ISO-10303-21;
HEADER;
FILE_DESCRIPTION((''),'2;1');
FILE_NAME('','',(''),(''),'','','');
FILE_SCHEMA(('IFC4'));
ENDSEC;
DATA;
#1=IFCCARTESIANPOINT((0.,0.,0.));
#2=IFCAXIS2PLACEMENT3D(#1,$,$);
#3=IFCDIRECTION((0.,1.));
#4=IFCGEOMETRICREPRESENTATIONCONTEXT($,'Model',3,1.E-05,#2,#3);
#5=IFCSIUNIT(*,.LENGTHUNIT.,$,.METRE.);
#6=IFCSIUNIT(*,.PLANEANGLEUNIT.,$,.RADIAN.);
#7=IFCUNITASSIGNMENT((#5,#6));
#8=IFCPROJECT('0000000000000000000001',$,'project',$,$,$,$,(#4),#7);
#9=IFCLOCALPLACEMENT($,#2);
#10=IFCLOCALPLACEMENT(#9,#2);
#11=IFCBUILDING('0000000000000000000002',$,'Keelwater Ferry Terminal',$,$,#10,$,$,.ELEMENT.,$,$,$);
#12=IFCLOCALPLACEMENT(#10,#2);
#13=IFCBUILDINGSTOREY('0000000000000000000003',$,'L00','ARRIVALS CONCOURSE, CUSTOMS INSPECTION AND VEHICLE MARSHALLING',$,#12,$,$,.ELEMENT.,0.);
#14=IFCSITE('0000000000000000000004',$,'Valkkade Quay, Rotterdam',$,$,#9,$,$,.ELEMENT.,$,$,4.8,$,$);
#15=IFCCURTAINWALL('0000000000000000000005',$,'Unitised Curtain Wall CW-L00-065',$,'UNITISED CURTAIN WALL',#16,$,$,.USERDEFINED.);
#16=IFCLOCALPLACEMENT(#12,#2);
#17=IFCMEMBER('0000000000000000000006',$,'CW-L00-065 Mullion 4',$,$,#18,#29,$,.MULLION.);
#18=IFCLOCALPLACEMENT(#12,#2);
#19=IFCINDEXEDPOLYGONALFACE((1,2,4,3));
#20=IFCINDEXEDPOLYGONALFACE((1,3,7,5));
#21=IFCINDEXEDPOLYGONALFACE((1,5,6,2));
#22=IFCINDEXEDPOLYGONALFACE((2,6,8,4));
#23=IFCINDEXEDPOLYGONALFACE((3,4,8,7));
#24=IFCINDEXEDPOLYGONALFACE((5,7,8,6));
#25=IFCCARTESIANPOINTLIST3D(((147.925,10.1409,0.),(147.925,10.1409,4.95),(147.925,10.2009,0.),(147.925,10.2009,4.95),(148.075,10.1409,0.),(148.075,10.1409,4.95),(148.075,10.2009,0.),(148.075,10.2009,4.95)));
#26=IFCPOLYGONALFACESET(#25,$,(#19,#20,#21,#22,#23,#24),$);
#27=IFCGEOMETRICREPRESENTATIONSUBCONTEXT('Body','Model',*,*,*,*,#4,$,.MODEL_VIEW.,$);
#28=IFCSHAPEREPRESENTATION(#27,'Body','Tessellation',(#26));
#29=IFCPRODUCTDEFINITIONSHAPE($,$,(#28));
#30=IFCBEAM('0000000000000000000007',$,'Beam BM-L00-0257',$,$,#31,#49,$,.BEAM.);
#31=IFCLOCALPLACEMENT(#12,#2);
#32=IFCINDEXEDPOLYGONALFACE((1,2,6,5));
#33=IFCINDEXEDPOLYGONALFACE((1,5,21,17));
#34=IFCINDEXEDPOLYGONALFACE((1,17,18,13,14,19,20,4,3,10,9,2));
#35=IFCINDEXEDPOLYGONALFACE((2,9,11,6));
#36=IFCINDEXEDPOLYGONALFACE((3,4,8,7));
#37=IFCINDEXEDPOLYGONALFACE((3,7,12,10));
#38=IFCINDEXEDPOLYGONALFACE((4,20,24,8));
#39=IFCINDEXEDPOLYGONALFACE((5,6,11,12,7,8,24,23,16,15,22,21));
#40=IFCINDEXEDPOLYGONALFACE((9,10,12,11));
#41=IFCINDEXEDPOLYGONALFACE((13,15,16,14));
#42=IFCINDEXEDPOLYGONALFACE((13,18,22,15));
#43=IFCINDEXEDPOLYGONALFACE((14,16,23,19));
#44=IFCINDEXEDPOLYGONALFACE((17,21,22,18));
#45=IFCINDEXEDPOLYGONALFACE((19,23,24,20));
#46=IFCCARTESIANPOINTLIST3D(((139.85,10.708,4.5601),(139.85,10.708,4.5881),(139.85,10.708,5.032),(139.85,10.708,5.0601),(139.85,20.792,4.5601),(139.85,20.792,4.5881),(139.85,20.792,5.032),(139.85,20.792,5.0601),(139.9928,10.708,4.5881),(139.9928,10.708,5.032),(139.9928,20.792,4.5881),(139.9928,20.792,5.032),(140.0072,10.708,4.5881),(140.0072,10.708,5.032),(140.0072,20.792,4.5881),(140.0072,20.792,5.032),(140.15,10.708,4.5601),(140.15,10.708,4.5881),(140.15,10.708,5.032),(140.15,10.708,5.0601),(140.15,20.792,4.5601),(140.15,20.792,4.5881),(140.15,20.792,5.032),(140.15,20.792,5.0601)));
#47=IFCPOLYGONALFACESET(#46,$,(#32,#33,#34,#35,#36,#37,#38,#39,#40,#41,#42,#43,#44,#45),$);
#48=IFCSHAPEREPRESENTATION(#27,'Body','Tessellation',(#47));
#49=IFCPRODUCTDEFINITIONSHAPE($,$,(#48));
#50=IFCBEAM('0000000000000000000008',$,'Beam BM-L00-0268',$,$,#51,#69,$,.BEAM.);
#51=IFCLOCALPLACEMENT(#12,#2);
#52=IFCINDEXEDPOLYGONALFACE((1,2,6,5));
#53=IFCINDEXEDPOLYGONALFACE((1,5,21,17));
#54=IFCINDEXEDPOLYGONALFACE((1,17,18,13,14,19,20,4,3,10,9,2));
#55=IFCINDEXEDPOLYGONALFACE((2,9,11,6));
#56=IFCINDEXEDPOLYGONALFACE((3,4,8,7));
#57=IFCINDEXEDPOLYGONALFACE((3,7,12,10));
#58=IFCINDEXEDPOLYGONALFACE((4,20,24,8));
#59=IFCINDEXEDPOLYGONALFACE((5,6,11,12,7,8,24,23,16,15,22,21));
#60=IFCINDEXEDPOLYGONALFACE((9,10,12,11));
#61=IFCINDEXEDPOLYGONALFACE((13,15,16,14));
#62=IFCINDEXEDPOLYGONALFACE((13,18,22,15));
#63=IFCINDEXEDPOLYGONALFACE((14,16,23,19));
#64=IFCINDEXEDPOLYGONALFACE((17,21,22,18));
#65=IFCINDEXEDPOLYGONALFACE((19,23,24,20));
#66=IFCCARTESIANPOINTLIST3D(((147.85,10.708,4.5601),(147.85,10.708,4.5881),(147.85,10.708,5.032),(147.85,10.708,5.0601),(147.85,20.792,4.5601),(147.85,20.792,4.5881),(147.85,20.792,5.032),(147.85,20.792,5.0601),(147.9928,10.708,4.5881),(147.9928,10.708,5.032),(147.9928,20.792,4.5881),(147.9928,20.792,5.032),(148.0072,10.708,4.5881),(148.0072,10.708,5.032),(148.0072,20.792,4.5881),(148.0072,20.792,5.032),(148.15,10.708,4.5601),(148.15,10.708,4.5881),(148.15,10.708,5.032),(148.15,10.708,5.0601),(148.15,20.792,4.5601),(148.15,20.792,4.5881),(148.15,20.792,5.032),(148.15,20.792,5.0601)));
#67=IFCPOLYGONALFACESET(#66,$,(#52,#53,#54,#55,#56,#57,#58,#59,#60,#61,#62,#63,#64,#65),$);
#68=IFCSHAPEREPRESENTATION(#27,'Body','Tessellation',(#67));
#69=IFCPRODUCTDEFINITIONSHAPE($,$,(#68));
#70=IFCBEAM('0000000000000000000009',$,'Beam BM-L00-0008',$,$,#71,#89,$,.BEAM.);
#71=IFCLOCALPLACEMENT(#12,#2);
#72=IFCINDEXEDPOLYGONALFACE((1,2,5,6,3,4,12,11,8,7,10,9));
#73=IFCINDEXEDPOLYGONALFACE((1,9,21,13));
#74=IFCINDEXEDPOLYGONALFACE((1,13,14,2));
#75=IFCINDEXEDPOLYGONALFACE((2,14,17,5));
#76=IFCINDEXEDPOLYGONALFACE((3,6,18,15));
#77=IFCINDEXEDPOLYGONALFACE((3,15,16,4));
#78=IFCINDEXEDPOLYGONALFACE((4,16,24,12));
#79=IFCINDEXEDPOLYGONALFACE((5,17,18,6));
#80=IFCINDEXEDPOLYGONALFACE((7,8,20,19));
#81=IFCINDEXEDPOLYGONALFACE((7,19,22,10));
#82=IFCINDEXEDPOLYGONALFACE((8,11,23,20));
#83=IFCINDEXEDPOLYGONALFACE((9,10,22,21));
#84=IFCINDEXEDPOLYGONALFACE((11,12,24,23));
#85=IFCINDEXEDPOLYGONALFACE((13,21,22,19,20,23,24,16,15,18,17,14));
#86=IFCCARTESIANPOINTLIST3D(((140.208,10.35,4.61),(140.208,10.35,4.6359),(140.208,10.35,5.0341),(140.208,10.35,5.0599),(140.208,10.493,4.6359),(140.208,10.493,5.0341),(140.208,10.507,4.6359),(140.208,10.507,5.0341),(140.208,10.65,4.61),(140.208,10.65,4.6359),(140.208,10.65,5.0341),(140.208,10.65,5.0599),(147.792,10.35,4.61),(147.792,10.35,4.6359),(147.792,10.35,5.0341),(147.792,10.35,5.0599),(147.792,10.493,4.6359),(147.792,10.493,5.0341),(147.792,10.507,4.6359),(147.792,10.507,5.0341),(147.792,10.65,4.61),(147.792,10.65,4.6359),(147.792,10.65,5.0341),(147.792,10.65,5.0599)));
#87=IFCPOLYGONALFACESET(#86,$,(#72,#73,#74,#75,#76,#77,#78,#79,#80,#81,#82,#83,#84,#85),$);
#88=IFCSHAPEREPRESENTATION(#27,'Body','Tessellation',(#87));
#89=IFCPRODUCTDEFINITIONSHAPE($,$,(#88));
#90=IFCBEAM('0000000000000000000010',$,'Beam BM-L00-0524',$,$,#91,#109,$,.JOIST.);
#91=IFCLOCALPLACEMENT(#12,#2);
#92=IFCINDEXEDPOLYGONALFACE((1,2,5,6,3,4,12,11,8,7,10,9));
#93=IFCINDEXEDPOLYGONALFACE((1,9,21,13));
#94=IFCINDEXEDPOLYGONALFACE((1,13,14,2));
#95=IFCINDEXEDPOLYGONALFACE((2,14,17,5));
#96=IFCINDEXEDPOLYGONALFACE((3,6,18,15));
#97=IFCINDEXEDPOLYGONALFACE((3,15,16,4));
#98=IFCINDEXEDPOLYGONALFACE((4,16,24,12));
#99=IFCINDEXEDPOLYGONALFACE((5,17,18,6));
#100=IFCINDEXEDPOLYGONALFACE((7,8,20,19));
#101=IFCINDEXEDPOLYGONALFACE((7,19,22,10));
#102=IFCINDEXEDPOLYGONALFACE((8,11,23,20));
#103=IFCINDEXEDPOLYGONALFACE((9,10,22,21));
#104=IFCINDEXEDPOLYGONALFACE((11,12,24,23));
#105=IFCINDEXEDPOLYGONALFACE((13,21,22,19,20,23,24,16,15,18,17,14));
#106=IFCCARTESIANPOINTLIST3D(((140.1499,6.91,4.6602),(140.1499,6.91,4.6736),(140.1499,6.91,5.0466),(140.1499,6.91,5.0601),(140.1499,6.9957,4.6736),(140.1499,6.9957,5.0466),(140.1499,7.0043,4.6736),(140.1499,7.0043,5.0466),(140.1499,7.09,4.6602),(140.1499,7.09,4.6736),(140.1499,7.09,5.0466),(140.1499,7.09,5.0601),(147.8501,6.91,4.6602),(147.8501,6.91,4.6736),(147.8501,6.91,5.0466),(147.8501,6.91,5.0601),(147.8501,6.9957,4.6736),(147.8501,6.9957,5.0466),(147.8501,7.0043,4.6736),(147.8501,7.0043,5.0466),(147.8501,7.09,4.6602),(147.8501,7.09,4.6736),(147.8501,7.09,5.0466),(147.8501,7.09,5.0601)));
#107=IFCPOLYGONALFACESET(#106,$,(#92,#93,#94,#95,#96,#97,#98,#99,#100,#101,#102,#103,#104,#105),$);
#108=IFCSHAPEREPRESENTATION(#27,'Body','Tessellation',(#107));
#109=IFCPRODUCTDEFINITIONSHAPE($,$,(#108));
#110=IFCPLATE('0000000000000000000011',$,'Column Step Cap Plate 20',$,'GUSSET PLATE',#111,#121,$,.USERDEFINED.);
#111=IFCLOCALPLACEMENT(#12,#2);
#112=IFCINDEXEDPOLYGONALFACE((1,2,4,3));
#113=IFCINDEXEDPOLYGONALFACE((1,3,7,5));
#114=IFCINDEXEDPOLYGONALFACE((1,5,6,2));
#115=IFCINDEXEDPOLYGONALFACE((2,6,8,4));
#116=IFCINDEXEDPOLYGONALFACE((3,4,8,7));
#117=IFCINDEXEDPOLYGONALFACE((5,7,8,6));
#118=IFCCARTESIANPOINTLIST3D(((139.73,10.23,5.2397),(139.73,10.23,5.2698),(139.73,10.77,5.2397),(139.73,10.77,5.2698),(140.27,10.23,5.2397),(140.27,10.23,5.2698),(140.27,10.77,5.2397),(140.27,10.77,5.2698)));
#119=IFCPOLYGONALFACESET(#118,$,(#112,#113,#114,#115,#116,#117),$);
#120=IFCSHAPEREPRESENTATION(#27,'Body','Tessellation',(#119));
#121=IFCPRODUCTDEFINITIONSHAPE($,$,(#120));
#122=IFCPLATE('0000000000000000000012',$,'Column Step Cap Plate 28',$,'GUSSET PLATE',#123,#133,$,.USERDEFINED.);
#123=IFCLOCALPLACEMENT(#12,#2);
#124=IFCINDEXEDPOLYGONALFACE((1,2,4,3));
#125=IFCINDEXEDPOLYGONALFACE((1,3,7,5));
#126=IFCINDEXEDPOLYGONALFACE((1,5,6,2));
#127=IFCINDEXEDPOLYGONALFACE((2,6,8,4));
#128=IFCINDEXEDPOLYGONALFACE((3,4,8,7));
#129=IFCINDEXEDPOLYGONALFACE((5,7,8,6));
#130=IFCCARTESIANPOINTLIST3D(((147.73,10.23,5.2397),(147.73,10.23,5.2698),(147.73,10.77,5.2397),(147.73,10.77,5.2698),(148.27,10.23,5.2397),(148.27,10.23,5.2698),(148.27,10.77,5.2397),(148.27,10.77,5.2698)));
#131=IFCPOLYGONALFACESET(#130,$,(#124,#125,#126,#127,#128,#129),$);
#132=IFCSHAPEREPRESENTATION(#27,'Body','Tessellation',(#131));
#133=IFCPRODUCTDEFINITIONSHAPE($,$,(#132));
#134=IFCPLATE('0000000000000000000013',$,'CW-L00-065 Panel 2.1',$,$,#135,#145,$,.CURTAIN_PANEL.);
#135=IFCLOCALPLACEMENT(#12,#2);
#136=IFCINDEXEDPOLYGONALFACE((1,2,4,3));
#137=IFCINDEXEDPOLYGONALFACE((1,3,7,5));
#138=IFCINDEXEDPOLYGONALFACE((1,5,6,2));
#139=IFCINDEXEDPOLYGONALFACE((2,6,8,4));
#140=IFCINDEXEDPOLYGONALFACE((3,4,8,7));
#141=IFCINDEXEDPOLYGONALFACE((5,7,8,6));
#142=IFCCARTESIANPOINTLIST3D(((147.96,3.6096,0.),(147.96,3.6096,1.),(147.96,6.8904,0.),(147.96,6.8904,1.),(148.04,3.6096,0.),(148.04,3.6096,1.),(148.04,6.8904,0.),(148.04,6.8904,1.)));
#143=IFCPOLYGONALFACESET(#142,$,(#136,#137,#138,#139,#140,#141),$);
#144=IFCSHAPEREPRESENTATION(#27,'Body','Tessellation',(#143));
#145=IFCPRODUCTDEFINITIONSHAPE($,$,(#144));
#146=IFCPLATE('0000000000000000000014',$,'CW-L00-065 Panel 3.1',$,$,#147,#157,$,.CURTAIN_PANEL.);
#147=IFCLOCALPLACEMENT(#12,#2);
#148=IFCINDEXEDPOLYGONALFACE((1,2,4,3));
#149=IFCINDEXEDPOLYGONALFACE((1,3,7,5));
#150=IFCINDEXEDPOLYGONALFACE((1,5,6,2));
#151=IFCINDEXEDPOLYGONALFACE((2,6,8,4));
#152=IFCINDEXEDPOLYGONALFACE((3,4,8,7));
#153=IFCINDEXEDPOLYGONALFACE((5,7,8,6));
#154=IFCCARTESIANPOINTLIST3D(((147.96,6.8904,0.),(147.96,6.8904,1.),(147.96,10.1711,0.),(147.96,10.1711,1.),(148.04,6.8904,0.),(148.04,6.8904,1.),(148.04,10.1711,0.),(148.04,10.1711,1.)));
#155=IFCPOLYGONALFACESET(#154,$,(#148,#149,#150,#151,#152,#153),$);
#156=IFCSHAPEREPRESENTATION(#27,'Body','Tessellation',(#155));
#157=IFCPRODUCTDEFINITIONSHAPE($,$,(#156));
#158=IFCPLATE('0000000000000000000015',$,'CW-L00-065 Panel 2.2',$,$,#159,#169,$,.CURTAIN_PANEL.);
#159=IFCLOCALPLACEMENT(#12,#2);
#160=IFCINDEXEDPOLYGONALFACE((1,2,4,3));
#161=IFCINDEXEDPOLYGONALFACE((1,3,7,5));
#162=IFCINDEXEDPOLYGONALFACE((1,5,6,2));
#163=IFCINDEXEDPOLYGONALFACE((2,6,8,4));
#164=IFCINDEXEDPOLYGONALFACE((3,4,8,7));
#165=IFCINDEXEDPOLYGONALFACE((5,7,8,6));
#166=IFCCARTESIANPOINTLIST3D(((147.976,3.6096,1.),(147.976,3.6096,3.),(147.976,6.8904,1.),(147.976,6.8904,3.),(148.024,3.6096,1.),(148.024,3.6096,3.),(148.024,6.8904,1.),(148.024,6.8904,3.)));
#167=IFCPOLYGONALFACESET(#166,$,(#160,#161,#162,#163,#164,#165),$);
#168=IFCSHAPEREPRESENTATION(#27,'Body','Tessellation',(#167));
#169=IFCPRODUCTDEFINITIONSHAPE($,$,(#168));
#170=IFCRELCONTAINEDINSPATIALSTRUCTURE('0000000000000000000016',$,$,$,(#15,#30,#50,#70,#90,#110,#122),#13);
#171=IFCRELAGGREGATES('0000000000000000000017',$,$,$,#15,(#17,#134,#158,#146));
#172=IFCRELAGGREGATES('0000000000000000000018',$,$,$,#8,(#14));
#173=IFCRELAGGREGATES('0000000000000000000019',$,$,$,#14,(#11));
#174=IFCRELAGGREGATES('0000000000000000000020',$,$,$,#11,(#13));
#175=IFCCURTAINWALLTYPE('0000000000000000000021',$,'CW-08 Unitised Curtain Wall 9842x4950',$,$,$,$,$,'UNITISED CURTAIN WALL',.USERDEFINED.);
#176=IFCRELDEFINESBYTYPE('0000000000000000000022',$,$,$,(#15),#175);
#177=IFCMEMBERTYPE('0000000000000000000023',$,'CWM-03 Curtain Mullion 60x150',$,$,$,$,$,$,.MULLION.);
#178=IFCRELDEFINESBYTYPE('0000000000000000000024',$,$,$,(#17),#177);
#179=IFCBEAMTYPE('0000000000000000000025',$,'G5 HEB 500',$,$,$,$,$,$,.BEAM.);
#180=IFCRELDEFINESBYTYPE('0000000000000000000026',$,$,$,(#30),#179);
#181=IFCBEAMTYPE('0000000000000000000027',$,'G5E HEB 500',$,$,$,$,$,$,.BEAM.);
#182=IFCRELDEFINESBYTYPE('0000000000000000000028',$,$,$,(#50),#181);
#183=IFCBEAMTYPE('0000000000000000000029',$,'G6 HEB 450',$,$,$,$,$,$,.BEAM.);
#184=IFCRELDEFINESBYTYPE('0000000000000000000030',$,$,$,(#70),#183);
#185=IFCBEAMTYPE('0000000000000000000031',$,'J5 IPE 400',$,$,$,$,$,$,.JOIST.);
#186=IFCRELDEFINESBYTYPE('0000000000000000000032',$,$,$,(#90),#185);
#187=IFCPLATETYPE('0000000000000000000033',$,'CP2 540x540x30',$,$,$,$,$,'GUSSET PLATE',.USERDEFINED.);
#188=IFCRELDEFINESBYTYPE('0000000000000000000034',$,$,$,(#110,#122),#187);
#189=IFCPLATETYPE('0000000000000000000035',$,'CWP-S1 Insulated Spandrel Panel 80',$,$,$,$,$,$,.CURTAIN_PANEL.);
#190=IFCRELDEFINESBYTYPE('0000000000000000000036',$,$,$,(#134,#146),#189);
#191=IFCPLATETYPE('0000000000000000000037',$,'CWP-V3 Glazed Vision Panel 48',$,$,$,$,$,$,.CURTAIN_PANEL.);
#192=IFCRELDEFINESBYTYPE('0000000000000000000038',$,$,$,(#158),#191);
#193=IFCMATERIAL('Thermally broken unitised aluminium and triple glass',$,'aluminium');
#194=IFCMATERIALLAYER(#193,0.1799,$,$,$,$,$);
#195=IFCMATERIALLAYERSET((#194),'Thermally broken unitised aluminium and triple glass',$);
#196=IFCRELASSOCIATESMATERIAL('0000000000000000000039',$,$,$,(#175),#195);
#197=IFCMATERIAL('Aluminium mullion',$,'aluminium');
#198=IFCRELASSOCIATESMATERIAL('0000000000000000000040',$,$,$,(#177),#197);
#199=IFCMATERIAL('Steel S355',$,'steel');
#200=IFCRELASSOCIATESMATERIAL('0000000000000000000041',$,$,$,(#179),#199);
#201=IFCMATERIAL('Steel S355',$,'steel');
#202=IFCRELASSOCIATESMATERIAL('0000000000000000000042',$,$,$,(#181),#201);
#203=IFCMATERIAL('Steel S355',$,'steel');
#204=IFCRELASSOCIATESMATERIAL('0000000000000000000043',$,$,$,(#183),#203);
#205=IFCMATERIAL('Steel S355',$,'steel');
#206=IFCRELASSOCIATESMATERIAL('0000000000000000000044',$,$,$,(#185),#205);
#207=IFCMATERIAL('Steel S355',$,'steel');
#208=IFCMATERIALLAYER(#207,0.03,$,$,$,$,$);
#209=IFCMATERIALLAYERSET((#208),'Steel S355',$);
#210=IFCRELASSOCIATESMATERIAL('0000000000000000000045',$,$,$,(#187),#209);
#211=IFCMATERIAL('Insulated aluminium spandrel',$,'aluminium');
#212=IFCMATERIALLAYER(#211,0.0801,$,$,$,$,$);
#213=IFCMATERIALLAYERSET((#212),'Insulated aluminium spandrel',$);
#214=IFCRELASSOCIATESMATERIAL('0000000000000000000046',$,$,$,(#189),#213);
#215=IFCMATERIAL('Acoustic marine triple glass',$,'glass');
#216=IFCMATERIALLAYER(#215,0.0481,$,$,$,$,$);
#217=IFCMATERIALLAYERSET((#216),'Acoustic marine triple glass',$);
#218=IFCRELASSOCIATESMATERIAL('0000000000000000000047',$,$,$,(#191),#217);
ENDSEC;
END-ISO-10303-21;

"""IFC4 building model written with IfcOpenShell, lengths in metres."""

from ifc_helpers import new_model, si_unit, direction, frame, origin, origin_2d, place, context, subcontext, project, spatial, rectangle, i_section, extrude, material, layer, layer_set, material_profile, profile_set, type_object, element, aggregate, save


model = new_model("IFC4")

# Units and contexts
model_context = context("Model", 3, precision=1e-05, world=origin(), true_north=direction((0.0, 1.0)))
body_context = subcontext(model_context, "Body", "Model", "MODEL_VIEW")
ifc_project = project(units=[si_unit("LENGTHUNIT", "METRE"), si_unit("PLANEANGLEUNIT", "RADIAN")], contexts=[model_context])

# Site, building, storey
site_placement = place(None, origin())
site = spatial("IfcSite", under=ifc_project, at=site_placement, Name="Valkkade Quay, Rotterdam", CompositionType="ELEMENT", RefElevation=4.8)
building_placement = place(site_placement, origin())
building = spatial("IfcBuilding", under=site, at=building_placement, Name="Keelwater Ferry Terminal", CompositionType="ELEMENT")
storey_placement = place(building_placement, origin())
storey = spatial("IfcBuildingStorey", under=building, at=storey_placement, Name="L00", Description="ARRIVALS CONCOURSE, CUSTOMS INSPECTION AND VEHICLE MARSHALLING", CompositionType="ELEMENT", Elevation=0.0)

# Curtain wall, member
ifc_material_1 = material(Name="Thermally broken unitised aluminium and triple glass", Category="aluminium")
ifc_layer_1 = layer(ifc_material_1, 0.1799)
ifc_layer_set_1 = layer_set([ifc_layer_1], Name="Thermally broken unitised aluminium and triple glass")
curtain_wall_type = type_object("IfcCurtainWallType", Name="CW-08 Unitised Curtain Wall 9842x4950", ElementType="UNITISED CURTAIN WALL", PredefinedType="USERDEFINED", material=ifc_layer_set_1)
curtain_wall_placement = place(storey_placement, origin())
curtain_wall = element("IfcCurtainWall", 1, at=curtain_wall_placement, inside=storey, type_object=curtain_wall_type, Name="Unitised Curtain Wall CW-L00-065", ObjectType="UNITISED CURTAIN WALL", PredefinedType="USERDEFINED")
ifc_material_2 = material(Name="Aluminium mullion", Category="aluminium")
ifc_material_profile_1 = material_profile(ifc_material_2, rectangle(XDim=0.0601, YDim=0.1499, at=origin_2d()), Name="CWM-03")
ifc_profile_set_1 = profile_set([ifc_material_profile_1], Name="Aluminium mullion")
member_type_1 = type_object("IfcMemberType", Name="CWM-03 Curtain Mullion 60x150", PredefinedType="MULLION", material=ifc_profile_set_1)
member_1_placement = place(storey_placement, frame((148.0, 10.1709, 0.0), z_axis=(0.0, 0.0, 1.0), x_axis=(0.0, 1.0, 0.0)))
member_1 = element("IfcMember", 2, at=member_1_placement, type_object=member_type_1, Name="CW-L00-065 Mullion 4", PredefinedType="MULLION", context=body_context, shape_type="SweptSolid", body=[
    extrude(rectangle(XDim=0.0601, YDim=0.1499, at=origin_2d()), origin(), (0.0, 0.0, 1.0), 4.95),
])

# Beams
ifc_material_3 = material(Name="Steel S355", Category="steel")
ifc_material_profile_2 = material_profile(ifc_material_3, i_section(OverallWidth=0.3, OverallDepth=0.5, WebThickness=0.0144, FlangeThickness=0.0281, at=origin_2d()), Name="HEB 500")
ifc_profile_set_2 = profile_set([ifc_material_profile_2], Name="Steel S355")
beam_type_1 = type_object("IfcBeamType", Name="G5 HEB 500", PredefinedType="BEAM", material=ifc_profile_set_2)
beam_1_placement = place(storey_placement, frame((140.0, 10.708, 4.8101), z_axis=(0.0, 1.0, 0.0), x_axis=(-1.0, 0.0, 0.0)))
element("IfcBeam", 3, at=beam_1_placement, inside=storey, type_object=beam_type_1, Name="Beam BM-L00-0257", PredefinedType="BEAM", context=body_context, shape_type="SweptSolid", body=[
    extrude(i_section(OverallWidth=0.3, OverallDepth=0.5, WebThickness=0.0144, FlangeThickness=0.0281, at=origin_2d()), origin(), (0.0, 0.0, 1.0), 10.084),
])
ifc_material_4 = material(Name="Steel S355", Category="steel")
ifc_material_profile_3 = material_profile(ifc_material_4, i_section(OverallWidth=0.3, OverallDepth=0.5, WebThickness=0.0144, FlangeThickness=0.0281, at=origin_2d()), Name="HEB 500")
ifc_profile_set_3 = profile_set([ifc_material_profile_3], Name="Steel S355")
beam_type_2 = type_object("IfcBeamType", Name="G5E HEB 500", PredefinedType="BEAM", material=ifc_profile_set_3)
beam_2_placement = place(storey_placement, frame((148.0, 10.708, 4.8101), z_axis=(0.0, 1.0, 0.0), x_axis=(-1.0, 0.0, 0.0)))
element("IfcBeam", 4, at=beam_2_placement, inside=storey, type_object=beam_type_2, Name="Beam BM-L00-0268", PredefinedType="BEAM", context=body_context, shape_type="SweptSolid", body=[
    extrude(i_section(OverallWidth=0.3, OverallDepth=0.5, WebThickness=0.0144, FlangeThickness=0.0281, at=origin_2d()), origin(), (0.0, 0.0, 1.0), 10.084),
])
ifc_material_5 = material(Name="Steel S355", Category="steel")
ifc_material_profile_4 = material_profile(ifc_material_5, i_section(OverallWidth=0.3, OverallDepth=0.45, WebThickness=0.0139, FlangeThickness=0.0259, at=origin_2d()), Name="HEB 450")
ifc_profile_set_4 = profile_set([ifc_material_profile_4], Name="Steel S355")
beam_type_3 = type_object("IfcBeamType", Name="G6 HEB 450", PredefinedType="BEAM", material=ifc_profile_set_4)
beam_3_placement = place(storey_placement, frame((140.208, 10.5, 4.835), z_axis=(1.0, 0.0, 0.0), x_axis=(0.0, 1.0, 0.0)))
element("IfcBeam", 5, at=beam_3_placement, inside=storey, type_object=beam_type_3, Name="Beam BM-L00-0008", PredefinedType="BEAM", context=body_context, shape_type="SweptSolid", body=[
    extrude(i_section(OverallWidth=0.3, OverallDepth=0.45, WebThickness=0.0139, FlangeThickness=0.0259, at=origin_2d()), origin(), (0.0, 0.0, 1.0), 7.584),
])
ifc_material_6 = material(Name="Steel S355", Category="steel")
ifc_material_profile_5 = material_profile(ifc_material_6, i_section(OverallWidth=0.1799, OverallDepth=0.3999, WebThickness=0.0085, FlangeThickness=0.0134, at=origin_2d()), Name="IPE 400")
ifc_profile_set_5 = profile_set([ifc_material_profile_5], Name="Steel S355")
beam_type_4 = type_object("IfcBeamType", Name="J5 IPE 400", PredefinedType="JOIST", material=ifc_profile_set_5)
beam_4_placement = place(storey_placement, frame((140.1499, 7.0, 4.8601), z_axis=(1.0, 0.0, 0.0), x_axis=(0.0, 1.0, 0.0)))
element("IfcBeam", 6, at=beam_4_placement, inside=storey, type_object=beam_type_4, Name="Beam BM-L00-0524", PredefinedType="JOIST", context=body_context, shape_type="SweptSolid", body=[
    extrude(i_section(OverallWidth=0.1799, OverallDepth=0.3999, WebThickness=0.0085, FlangeThickness=0.0134, at=origin_2d()), origin(), (0.0, 0.0, 1.0), 7.7002),
])

# Plates
ifc_material_7 = material(Name="Steel S355", Category="steel")
ifc_layer_2 = layer(ifc_material_7, 0.03)
ifc_layer_set_2 = layer_set([ifc_layer_2], Name="Steel S355")
plate_type_1 = type_object("IfcPlateType", Name="CP2 540x540x30", ElementType="GUSSET PLATE", PredefinedType="USERDEFINED", material=ifc_layer_set_2)
for number, where, z_axis, x_axis, name in (
    (7, (140.0, 10.5, 5.2397), (0.0, 0.0, 1.0), (1.0, 0.0, 0.0), "Column Step Cap Plate 20"),
    (8, (148.0, 10.5, 5.2397), (0.0, 0.0, 1.0), (1.0, 0.0, 0.0), "Column Step Cap Plate 28"),
):
    element("IfcPlate", number, at=place(storey_placement, frame(where, z_axis=z_axis, x_axis=x_axis)), inside=storey, type_object=plate_type_1, Name=name, ObjectType="GUSSET PLATE", PredefinedType="USERDEFINED", context=body_context, shape_type="SweptSolid", body=[
        extrude(rectangle(XDim=0.54, YDim=0.54, at=origin_2d()), origin(), (0.0, 0.0, 1.0), 0.03),
    ])

# Plates
ifc_material_8 = material(Name="Insulated aluminium spandrel", Category="aluminium")
ifc_layer_3 = layer(ifc_material_8, 0.0801)
ifc_layer_set_3 = layer_set([ifc_layer_3], Name="Insulated aluminium spandrel")
plate_type_2 = type_object("IfcPlateType", Name="CWP-S1 Insulated Spandrel Panel 80", PredefinedType="CURTAIN_PANEL", material=ifc_layer_set_3)
plate_1_placement = place(storey_placement, frame((148.0, 5.25, 0.0), z_axis=(0.0, 0.0, 1.0), x_axis=(0.0, 1.0, 0.0)))
plate_1 = element("IfcPlate", 9, at=plate_1_placement, type_object=plate_type_2, Name="CW-L00-065 Panel 2.1", PredefinedType="CURTAIN_PANEL", context=body_context, shape_type="SweptSolid", body=[
    extrude(rectangle(XDim=3.2808, YDim=0.0801, at=origin_2d()), origin(), (0.0, 0.0, 1.0), 1.0),
])
plate_2_placement = place(storey_placement, frame((148.0, 8.5308, 0.0), z_axis=(0.0, 0.0, 1.0), x_axis=(0.0, 1.0, 0.0)))
plate_2 = element("IfcPlate", 10, at=plate_2_placement, type_object=plate_type_2, Name="CW-L00-065 Panel 3.1", PredefinedType="CURTAIN_PANEL", context=body_context, shape_type="SweptSolid", body=[
    extrude(rectangle(XDim=3.2808, YDim=0.0801, at=origin_2d()), origin(), (0.0, 0.0, 1.0), 1.0),
])
ifc_material_9 = material(Name="Acoustic marine triple glass", Category="glass")
ifc_layer_4 = layer(ifc_material_9, 0.0481)
ifc_layer_set_4 = layer_set([ifc_layer_4], Name="Acoustic marine triple glass")
plate_type_3 = type_object("IfcPlateType", Name="CWP-V3 Glazed Vision Panel 48", PredefinedType="CURTAIN_PANEL", material=ifc_layer_set_4)
plate_3_placement = place(storey_placement, frame((148.0, 5.25, 1.0), z_axis=(0.0, 0.0, 1.0), x_axis=(0.0, 1.0, 0.0)))
plate_3 = element("IfcPlate", 11, at=plate_3_placement, type_object=plate_type_3, Name="CW-L00-065 Panel 2.2", PredefinedType="CURTAIN_PANEL", context=body_context, shape_type="SweptSolid", body=[
    extrude(rectangle(XDim=3.2808, YDim=0.0481, at=origin_2d()), origin(), (0.0, 0.0, 1.0), 2.0),
])
aggregate(curtain_wall, [member_1, plate_1, plate_3, plate_2])

save(model, "model.ifc")
